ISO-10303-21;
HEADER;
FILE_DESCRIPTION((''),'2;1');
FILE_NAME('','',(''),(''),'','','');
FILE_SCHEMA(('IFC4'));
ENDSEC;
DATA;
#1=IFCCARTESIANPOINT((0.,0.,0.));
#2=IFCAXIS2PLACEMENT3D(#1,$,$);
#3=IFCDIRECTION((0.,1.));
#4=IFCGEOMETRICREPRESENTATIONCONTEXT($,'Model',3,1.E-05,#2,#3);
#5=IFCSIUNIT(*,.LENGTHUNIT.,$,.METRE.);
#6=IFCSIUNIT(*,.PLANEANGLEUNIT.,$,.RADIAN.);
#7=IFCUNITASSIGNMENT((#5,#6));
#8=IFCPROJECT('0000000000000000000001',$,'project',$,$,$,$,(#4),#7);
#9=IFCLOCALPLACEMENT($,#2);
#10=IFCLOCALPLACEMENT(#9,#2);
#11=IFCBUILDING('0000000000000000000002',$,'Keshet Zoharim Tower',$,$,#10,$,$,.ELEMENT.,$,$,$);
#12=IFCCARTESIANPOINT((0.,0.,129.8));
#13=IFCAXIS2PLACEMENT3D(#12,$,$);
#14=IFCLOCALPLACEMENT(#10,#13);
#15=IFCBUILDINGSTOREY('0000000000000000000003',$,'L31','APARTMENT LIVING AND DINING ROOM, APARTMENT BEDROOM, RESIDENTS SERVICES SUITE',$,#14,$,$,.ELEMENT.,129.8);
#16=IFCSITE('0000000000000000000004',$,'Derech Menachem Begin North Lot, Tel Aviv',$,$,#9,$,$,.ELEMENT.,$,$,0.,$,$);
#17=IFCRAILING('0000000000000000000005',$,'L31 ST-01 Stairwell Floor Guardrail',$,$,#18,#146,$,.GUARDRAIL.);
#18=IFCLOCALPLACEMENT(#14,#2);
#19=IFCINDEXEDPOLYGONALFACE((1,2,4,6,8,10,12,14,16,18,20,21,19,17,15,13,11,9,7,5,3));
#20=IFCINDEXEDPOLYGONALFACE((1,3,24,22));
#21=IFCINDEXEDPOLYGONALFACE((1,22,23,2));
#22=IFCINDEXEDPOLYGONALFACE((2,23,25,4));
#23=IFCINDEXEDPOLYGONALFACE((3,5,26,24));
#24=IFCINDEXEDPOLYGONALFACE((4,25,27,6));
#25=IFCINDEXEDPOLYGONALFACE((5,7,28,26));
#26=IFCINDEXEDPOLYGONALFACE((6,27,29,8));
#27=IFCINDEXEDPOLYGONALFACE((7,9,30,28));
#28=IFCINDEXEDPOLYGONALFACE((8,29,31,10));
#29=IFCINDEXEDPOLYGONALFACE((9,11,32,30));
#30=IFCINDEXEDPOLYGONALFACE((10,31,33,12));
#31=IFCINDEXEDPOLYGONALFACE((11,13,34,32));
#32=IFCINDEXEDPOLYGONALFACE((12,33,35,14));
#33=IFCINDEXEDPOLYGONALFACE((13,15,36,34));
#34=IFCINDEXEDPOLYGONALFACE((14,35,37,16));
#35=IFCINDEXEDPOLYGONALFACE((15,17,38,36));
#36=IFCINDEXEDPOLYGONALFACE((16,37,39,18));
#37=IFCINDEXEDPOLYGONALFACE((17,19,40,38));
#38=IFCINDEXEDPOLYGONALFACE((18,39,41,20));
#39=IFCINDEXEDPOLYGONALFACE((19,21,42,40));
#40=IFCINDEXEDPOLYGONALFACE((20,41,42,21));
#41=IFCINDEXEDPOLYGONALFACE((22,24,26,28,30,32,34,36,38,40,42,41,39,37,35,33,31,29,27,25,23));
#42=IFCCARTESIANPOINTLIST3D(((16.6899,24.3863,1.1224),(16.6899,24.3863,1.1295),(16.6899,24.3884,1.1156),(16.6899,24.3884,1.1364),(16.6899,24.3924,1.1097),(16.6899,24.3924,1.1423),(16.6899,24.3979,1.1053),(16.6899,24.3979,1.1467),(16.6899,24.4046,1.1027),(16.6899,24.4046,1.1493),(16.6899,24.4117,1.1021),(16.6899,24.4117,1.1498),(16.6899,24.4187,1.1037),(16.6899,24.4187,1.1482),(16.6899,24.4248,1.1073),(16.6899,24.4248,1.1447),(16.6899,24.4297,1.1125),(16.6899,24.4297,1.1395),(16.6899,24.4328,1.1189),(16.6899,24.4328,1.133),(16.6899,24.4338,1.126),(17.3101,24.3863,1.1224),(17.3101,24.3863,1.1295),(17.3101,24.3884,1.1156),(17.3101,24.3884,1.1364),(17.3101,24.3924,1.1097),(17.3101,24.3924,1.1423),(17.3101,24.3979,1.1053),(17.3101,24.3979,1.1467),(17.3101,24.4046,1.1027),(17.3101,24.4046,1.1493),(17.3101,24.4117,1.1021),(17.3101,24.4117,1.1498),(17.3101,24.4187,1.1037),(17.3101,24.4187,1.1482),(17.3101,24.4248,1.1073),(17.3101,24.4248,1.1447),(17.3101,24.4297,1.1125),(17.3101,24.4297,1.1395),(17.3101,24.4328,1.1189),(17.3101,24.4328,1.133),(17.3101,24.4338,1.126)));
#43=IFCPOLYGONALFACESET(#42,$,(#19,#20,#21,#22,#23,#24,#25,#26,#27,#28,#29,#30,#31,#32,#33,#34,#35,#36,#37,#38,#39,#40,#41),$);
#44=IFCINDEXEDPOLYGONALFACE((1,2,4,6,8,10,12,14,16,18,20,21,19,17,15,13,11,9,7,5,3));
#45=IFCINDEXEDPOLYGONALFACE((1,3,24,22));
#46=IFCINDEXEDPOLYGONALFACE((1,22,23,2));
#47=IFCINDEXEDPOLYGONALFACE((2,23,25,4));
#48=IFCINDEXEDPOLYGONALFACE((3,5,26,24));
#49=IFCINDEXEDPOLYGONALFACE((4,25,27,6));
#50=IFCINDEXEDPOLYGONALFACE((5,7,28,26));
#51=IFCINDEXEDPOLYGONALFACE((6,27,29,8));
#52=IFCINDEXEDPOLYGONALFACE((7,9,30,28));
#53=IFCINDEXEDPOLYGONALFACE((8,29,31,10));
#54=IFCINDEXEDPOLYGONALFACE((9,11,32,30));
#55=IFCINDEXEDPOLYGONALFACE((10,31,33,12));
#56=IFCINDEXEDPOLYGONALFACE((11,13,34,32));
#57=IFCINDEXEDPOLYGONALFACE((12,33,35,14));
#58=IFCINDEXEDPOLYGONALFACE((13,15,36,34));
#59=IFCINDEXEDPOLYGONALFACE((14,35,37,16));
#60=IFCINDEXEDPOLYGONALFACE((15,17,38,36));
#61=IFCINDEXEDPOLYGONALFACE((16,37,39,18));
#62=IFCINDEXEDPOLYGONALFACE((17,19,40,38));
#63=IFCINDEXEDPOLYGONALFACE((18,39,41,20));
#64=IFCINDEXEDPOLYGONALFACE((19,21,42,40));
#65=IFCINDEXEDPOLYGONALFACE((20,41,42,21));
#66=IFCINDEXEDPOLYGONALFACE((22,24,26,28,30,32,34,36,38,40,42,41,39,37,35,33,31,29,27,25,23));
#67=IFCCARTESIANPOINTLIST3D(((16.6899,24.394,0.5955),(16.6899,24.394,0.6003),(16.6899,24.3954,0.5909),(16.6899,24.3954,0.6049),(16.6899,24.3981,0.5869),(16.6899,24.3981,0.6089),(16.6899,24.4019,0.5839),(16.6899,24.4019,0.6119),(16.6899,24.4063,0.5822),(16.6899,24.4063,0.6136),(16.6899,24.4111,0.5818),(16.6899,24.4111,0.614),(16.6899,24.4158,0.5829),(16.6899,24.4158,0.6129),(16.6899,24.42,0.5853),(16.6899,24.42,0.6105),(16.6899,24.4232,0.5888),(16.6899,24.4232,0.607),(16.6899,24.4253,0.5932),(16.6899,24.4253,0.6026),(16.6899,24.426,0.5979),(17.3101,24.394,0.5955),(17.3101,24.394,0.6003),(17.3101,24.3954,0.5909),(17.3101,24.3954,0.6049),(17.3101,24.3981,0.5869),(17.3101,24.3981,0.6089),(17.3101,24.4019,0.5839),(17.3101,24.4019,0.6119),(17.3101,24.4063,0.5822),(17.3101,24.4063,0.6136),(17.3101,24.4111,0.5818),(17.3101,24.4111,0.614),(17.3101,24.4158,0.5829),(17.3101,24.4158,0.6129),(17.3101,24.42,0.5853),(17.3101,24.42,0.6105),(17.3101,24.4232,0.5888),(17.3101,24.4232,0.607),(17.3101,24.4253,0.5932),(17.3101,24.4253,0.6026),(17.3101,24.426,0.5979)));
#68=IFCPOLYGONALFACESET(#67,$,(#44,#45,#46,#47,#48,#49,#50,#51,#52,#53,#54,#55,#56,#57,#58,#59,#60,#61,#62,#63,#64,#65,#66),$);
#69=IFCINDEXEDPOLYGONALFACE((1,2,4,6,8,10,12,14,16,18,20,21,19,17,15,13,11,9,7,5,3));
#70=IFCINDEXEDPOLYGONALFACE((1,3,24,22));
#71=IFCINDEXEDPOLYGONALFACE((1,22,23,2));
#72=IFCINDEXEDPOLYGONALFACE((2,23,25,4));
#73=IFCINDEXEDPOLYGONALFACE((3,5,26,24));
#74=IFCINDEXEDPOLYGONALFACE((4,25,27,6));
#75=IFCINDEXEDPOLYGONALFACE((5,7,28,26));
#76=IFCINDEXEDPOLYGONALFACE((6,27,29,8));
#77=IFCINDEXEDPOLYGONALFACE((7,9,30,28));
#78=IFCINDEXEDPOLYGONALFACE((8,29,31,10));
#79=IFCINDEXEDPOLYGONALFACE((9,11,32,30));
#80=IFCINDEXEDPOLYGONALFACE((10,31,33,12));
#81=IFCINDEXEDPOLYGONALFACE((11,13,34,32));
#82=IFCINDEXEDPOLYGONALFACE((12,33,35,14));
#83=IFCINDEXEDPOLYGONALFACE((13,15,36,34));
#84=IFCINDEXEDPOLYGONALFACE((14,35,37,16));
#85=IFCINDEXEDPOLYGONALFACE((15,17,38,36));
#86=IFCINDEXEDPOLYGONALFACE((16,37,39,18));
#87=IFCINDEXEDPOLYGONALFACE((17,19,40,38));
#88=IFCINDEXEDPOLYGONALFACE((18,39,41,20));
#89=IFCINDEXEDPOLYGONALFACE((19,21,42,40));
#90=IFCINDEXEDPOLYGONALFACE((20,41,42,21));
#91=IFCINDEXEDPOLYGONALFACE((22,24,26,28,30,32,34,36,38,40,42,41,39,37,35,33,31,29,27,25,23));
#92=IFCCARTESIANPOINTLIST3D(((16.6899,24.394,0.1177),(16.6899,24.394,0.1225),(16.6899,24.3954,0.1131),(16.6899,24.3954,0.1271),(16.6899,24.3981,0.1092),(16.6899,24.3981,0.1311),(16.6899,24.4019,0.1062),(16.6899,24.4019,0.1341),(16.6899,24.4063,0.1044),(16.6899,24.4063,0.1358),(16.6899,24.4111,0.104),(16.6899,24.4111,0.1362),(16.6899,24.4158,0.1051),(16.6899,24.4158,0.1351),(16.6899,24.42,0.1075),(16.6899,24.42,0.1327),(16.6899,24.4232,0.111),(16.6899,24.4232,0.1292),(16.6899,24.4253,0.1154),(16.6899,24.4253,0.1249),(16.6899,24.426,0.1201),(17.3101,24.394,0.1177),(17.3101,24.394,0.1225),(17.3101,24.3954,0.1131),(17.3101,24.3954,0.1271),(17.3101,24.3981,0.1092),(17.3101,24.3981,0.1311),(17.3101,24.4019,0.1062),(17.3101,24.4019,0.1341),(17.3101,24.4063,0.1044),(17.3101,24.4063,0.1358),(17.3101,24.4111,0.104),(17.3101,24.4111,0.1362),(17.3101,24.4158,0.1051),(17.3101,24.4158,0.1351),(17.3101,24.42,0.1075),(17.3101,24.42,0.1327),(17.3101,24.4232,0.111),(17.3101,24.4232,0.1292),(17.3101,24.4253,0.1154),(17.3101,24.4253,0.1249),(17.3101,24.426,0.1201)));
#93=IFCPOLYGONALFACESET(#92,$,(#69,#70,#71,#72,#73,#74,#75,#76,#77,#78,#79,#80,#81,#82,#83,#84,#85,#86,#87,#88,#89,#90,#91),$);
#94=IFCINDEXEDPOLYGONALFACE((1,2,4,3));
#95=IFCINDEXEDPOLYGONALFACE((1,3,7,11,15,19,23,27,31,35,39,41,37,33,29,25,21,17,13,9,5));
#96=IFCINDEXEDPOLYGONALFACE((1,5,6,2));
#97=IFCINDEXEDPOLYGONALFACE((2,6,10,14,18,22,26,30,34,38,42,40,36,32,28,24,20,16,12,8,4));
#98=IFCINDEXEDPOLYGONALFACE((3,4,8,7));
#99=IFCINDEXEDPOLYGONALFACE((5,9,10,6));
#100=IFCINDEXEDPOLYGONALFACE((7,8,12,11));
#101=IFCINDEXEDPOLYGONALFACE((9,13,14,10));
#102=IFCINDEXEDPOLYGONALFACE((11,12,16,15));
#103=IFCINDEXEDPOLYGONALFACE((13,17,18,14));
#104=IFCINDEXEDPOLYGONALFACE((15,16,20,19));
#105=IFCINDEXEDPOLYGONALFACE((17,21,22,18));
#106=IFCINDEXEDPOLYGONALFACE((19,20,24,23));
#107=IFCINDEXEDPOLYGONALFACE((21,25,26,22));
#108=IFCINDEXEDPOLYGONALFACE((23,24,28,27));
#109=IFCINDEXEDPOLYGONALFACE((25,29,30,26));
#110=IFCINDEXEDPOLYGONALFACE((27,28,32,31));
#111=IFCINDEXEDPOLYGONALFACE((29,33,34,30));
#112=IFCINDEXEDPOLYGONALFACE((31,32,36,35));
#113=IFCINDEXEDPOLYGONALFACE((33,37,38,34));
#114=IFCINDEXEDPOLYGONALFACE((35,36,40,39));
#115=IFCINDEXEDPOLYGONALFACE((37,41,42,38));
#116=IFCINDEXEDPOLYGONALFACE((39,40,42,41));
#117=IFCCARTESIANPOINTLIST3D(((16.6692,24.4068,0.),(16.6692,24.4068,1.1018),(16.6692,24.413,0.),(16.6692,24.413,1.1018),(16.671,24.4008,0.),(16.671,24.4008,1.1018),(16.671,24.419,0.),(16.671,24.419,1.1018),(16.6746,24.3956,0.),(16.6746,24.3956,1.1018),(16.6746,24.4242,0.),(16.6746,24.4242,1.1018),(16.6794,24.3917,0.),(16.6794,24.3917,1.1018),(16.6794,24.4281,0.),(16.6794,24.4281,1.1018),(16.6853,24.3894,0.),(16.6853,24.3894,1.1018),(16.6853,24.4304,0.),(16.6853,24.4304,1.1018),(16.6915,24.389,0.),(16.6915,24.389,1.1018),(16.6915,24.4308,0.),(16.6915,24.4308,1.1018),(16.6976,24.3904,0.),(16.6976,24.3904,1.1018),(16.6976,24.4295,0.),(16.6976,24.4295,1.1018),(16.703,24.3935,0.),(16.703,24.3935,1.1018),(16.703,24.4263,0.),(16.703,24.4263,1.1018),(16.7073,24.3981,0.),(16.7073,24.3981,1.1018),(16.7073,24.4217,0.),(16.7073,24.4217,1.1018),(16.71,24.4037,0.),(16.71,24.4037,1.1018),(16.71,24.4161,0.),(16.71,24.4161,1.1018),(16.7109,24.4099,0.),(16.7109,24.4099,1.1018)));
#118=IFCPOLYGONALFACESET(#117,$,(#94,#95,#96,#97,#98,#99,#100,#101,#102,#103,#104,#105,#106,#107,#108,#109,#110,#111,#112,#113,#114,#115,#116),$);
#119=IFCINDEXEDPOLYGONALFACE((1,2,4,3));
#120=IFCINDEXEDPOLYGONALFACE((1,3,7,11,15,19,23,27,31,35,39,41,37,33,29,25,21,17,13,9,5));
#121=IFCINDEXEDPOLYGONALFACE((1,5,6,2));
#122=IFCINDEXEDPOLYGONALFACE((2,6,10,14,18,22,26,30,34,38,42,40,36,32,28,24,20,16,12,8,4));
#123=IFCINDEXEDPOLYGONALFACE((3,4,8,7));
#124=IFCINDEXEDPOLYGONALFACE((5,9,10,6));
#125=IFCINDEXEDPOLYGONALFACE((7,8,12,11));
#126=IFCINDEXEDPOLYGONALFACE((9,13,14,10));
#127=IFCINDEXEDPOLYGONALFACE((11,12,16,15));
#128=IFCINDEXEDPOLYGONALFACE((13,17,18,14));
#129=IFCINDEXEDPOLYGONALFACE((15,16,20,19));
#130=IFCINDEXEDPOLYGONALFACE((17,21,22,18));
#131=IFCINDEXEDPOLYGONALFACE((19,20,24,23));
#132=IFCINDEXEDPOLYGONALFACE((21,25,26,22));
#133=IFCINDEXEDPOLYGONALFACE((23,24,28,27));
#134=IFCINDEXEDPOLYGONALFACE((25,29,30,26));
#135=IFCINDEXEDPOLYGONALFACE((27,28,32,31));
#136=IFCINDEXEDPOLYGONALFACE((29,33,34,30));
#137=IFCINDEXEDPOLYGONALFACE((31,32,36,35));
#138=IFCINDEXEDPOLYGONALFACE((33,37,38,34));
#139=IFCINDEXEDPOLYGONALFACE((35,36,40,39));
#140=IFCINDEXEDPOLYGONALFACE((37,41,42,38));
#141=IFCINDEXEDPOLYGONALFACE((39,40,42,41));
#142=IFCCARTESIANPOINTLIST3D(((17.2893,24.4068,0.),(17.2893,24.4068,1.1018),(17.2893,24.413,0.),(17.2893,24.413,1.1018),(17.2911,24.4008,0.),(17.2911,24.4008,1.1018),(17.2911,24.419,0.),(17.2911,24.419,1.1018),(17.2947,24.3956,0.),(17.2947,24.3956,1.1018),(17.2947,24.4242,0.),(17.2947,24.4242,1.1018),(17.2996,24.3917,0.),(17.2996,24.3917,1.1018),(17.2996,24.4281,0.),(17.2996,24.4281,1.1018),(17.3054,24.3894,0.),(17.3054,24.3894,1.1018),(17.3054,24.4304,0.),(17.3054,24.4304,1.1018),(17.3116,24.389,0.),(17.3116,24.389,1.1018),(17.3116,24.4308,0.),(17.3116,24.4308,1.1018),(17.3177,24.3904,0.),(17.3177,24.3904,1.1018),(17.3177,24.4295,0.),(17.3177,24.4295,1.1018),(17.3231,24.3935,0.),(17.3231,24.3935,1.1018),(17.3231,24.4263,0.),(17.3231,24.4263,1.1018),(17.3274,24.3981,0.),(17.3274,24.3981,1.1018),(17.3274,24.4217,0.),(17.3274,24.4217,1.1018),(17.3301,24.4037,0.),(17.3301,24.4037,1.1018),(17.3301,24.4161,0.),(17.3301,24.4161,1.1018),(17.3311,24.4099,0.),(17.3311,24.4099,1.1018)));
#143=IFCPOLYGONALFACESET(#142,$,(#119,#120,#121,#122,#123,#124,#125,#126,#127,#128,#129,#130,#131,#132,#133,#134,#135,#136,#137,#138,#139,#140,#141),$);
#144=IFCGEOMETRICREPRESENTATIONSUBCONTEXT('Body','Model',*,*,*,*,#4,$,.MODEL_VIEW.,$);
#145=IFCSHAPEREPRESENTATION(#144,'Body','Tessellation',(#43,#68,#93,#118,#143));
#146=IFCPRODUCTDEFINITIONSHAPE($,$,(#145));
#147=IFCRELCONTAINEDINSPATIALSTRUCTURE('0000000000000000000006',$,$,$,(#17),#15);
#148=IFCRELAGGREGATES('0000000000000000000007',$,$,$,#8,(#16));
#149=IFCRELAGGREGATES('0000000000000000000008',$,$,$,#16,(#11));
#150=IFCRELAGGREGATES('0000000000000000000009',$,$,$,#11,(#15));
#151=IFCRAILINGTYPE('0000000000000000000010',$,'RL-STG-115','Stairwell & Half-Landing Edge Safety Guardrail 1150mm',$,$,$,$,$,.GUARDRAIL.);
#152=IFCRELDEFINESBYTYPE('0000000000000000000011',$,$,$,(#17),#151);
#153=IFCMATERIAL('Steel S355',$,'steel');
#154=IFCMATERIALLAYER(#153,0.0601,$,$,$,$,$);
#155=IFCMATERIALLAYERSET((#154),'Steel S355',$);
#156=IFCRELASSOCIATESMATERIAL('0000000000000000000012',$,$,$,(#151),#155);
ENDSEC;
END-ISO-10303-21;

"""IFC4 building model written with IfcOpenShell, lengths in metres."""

from ifc_helpers import new_model, si_unit, direction, frame, origin, origin_2d, place, context, subcontext, project, spatial, circle, extrude, material, layer, layer_set, type_object, element, save


model = new_model("IFC4")

# Units and contexts
model_context = context("Model", 3, precision=1e-05, world=origin(), true_north=direction((0.0, 1.0)))
body_context = subcontext(model_context, "Body", "Model", "MODEL_VIEW")
ifc_project = project(units=[si_unit("LENGTHUNIT", "METRE"), si_unit("PLANEANGLEUNIT", "RADIAN")], contexts=[model_context])

# Site, building, storey
site_placement = place(None, origin())
site = spatial("IfcSite", under=ifc_project, at=site_placement, Name="Derech Menachem Begin North Lot, Tel Aviv", CompositionType="ELEMENT", RefElevation=0.0)
building_placement = place(site_placement, origin())
building = spatial("IfcBuilding", under=site, at=building_placement, Name="Keshet Zoharim Tower", CompositionType="ELEMENT")
storey_placement = place(building_placement, frame((0.0, 0.0, 129.8)))
storey = spatial("IfcBuildingStorey", under=building, at=storey_placement, Name="L31", Description="APARTMENT LIVING AND DINING ROOM, APARTMENT BEDROOM, RESIDENTS SERVICES SUITE", CompositionType="ELEMENT", Elevation=129.8)

# Shared definitions
ifc_material_1 = material(Name="Steel S355", Category="steel")

# Railing
ifc_layer_1 = layer(ifc_material_1, 0.0601)
ifc_layer_set_1 = layer_set([ifc_layer_1], Name="Steel S355")
railing_type_1 = type_object("IfcRailingType", Name="RL-STG-115", Description="Stairwell & Half-Landing Edge Safety Guardrail 1150mm", PredefinedType="GUARDRAIL", material=ifc_layer_set_1)
railing_1_placement = place(storey_placement, frame((16.6899, 24.4099, 0.0)))
element("IfcRailing", 1, at=railing_1_placement, inside=storey, type_object=railing_type_1, Name="L31 ST-01 Stairwell Floor Guardrail", PredefinedType="GUARDRAIL", context=body_context, shape_type="SweptSolid", body=[
    extrude(circle(Radius=0.0239, at=origin_2d()), frame((0.0, 0.0, 1.126), z_axis=(1.0, 0.0, 0.0), x_axis=(0.0, 1.0, 0.0)), (0.0, 0.0, 1.0), 0.6201),
    extrude(circle(Radius=0.0161, at=origin_2d()), frame((0.0, 0.0, 0.5979), z_axis=(1.0, 0.0, 0.0), x_axis=(0.0, 1.0, 0.0)), (0.0, 0.0, 1.0), 0.6201),
    extrude(circle(Radius=0.0161, at=origin_2d()), frame((0.0, 0.0, 0.1201), z_axis=(1.0, 0.0, 0.0), x_axis=(0.0, 1.0, 0.0)), (0.0, 0.0, 1.0), 0.6201),
    extrude(circle(Radius=0.021, at=origin_2d()), origin(), (0.0, 0.0, 1.0), 1.1018),
    extrude(circle(Radius=0.021, at=origin_2d()), frame((0.6201, 0.0, 0.0)), (0.0, 0.0, 1.0), 1.1018),
])

save(model, "model.ifc")
